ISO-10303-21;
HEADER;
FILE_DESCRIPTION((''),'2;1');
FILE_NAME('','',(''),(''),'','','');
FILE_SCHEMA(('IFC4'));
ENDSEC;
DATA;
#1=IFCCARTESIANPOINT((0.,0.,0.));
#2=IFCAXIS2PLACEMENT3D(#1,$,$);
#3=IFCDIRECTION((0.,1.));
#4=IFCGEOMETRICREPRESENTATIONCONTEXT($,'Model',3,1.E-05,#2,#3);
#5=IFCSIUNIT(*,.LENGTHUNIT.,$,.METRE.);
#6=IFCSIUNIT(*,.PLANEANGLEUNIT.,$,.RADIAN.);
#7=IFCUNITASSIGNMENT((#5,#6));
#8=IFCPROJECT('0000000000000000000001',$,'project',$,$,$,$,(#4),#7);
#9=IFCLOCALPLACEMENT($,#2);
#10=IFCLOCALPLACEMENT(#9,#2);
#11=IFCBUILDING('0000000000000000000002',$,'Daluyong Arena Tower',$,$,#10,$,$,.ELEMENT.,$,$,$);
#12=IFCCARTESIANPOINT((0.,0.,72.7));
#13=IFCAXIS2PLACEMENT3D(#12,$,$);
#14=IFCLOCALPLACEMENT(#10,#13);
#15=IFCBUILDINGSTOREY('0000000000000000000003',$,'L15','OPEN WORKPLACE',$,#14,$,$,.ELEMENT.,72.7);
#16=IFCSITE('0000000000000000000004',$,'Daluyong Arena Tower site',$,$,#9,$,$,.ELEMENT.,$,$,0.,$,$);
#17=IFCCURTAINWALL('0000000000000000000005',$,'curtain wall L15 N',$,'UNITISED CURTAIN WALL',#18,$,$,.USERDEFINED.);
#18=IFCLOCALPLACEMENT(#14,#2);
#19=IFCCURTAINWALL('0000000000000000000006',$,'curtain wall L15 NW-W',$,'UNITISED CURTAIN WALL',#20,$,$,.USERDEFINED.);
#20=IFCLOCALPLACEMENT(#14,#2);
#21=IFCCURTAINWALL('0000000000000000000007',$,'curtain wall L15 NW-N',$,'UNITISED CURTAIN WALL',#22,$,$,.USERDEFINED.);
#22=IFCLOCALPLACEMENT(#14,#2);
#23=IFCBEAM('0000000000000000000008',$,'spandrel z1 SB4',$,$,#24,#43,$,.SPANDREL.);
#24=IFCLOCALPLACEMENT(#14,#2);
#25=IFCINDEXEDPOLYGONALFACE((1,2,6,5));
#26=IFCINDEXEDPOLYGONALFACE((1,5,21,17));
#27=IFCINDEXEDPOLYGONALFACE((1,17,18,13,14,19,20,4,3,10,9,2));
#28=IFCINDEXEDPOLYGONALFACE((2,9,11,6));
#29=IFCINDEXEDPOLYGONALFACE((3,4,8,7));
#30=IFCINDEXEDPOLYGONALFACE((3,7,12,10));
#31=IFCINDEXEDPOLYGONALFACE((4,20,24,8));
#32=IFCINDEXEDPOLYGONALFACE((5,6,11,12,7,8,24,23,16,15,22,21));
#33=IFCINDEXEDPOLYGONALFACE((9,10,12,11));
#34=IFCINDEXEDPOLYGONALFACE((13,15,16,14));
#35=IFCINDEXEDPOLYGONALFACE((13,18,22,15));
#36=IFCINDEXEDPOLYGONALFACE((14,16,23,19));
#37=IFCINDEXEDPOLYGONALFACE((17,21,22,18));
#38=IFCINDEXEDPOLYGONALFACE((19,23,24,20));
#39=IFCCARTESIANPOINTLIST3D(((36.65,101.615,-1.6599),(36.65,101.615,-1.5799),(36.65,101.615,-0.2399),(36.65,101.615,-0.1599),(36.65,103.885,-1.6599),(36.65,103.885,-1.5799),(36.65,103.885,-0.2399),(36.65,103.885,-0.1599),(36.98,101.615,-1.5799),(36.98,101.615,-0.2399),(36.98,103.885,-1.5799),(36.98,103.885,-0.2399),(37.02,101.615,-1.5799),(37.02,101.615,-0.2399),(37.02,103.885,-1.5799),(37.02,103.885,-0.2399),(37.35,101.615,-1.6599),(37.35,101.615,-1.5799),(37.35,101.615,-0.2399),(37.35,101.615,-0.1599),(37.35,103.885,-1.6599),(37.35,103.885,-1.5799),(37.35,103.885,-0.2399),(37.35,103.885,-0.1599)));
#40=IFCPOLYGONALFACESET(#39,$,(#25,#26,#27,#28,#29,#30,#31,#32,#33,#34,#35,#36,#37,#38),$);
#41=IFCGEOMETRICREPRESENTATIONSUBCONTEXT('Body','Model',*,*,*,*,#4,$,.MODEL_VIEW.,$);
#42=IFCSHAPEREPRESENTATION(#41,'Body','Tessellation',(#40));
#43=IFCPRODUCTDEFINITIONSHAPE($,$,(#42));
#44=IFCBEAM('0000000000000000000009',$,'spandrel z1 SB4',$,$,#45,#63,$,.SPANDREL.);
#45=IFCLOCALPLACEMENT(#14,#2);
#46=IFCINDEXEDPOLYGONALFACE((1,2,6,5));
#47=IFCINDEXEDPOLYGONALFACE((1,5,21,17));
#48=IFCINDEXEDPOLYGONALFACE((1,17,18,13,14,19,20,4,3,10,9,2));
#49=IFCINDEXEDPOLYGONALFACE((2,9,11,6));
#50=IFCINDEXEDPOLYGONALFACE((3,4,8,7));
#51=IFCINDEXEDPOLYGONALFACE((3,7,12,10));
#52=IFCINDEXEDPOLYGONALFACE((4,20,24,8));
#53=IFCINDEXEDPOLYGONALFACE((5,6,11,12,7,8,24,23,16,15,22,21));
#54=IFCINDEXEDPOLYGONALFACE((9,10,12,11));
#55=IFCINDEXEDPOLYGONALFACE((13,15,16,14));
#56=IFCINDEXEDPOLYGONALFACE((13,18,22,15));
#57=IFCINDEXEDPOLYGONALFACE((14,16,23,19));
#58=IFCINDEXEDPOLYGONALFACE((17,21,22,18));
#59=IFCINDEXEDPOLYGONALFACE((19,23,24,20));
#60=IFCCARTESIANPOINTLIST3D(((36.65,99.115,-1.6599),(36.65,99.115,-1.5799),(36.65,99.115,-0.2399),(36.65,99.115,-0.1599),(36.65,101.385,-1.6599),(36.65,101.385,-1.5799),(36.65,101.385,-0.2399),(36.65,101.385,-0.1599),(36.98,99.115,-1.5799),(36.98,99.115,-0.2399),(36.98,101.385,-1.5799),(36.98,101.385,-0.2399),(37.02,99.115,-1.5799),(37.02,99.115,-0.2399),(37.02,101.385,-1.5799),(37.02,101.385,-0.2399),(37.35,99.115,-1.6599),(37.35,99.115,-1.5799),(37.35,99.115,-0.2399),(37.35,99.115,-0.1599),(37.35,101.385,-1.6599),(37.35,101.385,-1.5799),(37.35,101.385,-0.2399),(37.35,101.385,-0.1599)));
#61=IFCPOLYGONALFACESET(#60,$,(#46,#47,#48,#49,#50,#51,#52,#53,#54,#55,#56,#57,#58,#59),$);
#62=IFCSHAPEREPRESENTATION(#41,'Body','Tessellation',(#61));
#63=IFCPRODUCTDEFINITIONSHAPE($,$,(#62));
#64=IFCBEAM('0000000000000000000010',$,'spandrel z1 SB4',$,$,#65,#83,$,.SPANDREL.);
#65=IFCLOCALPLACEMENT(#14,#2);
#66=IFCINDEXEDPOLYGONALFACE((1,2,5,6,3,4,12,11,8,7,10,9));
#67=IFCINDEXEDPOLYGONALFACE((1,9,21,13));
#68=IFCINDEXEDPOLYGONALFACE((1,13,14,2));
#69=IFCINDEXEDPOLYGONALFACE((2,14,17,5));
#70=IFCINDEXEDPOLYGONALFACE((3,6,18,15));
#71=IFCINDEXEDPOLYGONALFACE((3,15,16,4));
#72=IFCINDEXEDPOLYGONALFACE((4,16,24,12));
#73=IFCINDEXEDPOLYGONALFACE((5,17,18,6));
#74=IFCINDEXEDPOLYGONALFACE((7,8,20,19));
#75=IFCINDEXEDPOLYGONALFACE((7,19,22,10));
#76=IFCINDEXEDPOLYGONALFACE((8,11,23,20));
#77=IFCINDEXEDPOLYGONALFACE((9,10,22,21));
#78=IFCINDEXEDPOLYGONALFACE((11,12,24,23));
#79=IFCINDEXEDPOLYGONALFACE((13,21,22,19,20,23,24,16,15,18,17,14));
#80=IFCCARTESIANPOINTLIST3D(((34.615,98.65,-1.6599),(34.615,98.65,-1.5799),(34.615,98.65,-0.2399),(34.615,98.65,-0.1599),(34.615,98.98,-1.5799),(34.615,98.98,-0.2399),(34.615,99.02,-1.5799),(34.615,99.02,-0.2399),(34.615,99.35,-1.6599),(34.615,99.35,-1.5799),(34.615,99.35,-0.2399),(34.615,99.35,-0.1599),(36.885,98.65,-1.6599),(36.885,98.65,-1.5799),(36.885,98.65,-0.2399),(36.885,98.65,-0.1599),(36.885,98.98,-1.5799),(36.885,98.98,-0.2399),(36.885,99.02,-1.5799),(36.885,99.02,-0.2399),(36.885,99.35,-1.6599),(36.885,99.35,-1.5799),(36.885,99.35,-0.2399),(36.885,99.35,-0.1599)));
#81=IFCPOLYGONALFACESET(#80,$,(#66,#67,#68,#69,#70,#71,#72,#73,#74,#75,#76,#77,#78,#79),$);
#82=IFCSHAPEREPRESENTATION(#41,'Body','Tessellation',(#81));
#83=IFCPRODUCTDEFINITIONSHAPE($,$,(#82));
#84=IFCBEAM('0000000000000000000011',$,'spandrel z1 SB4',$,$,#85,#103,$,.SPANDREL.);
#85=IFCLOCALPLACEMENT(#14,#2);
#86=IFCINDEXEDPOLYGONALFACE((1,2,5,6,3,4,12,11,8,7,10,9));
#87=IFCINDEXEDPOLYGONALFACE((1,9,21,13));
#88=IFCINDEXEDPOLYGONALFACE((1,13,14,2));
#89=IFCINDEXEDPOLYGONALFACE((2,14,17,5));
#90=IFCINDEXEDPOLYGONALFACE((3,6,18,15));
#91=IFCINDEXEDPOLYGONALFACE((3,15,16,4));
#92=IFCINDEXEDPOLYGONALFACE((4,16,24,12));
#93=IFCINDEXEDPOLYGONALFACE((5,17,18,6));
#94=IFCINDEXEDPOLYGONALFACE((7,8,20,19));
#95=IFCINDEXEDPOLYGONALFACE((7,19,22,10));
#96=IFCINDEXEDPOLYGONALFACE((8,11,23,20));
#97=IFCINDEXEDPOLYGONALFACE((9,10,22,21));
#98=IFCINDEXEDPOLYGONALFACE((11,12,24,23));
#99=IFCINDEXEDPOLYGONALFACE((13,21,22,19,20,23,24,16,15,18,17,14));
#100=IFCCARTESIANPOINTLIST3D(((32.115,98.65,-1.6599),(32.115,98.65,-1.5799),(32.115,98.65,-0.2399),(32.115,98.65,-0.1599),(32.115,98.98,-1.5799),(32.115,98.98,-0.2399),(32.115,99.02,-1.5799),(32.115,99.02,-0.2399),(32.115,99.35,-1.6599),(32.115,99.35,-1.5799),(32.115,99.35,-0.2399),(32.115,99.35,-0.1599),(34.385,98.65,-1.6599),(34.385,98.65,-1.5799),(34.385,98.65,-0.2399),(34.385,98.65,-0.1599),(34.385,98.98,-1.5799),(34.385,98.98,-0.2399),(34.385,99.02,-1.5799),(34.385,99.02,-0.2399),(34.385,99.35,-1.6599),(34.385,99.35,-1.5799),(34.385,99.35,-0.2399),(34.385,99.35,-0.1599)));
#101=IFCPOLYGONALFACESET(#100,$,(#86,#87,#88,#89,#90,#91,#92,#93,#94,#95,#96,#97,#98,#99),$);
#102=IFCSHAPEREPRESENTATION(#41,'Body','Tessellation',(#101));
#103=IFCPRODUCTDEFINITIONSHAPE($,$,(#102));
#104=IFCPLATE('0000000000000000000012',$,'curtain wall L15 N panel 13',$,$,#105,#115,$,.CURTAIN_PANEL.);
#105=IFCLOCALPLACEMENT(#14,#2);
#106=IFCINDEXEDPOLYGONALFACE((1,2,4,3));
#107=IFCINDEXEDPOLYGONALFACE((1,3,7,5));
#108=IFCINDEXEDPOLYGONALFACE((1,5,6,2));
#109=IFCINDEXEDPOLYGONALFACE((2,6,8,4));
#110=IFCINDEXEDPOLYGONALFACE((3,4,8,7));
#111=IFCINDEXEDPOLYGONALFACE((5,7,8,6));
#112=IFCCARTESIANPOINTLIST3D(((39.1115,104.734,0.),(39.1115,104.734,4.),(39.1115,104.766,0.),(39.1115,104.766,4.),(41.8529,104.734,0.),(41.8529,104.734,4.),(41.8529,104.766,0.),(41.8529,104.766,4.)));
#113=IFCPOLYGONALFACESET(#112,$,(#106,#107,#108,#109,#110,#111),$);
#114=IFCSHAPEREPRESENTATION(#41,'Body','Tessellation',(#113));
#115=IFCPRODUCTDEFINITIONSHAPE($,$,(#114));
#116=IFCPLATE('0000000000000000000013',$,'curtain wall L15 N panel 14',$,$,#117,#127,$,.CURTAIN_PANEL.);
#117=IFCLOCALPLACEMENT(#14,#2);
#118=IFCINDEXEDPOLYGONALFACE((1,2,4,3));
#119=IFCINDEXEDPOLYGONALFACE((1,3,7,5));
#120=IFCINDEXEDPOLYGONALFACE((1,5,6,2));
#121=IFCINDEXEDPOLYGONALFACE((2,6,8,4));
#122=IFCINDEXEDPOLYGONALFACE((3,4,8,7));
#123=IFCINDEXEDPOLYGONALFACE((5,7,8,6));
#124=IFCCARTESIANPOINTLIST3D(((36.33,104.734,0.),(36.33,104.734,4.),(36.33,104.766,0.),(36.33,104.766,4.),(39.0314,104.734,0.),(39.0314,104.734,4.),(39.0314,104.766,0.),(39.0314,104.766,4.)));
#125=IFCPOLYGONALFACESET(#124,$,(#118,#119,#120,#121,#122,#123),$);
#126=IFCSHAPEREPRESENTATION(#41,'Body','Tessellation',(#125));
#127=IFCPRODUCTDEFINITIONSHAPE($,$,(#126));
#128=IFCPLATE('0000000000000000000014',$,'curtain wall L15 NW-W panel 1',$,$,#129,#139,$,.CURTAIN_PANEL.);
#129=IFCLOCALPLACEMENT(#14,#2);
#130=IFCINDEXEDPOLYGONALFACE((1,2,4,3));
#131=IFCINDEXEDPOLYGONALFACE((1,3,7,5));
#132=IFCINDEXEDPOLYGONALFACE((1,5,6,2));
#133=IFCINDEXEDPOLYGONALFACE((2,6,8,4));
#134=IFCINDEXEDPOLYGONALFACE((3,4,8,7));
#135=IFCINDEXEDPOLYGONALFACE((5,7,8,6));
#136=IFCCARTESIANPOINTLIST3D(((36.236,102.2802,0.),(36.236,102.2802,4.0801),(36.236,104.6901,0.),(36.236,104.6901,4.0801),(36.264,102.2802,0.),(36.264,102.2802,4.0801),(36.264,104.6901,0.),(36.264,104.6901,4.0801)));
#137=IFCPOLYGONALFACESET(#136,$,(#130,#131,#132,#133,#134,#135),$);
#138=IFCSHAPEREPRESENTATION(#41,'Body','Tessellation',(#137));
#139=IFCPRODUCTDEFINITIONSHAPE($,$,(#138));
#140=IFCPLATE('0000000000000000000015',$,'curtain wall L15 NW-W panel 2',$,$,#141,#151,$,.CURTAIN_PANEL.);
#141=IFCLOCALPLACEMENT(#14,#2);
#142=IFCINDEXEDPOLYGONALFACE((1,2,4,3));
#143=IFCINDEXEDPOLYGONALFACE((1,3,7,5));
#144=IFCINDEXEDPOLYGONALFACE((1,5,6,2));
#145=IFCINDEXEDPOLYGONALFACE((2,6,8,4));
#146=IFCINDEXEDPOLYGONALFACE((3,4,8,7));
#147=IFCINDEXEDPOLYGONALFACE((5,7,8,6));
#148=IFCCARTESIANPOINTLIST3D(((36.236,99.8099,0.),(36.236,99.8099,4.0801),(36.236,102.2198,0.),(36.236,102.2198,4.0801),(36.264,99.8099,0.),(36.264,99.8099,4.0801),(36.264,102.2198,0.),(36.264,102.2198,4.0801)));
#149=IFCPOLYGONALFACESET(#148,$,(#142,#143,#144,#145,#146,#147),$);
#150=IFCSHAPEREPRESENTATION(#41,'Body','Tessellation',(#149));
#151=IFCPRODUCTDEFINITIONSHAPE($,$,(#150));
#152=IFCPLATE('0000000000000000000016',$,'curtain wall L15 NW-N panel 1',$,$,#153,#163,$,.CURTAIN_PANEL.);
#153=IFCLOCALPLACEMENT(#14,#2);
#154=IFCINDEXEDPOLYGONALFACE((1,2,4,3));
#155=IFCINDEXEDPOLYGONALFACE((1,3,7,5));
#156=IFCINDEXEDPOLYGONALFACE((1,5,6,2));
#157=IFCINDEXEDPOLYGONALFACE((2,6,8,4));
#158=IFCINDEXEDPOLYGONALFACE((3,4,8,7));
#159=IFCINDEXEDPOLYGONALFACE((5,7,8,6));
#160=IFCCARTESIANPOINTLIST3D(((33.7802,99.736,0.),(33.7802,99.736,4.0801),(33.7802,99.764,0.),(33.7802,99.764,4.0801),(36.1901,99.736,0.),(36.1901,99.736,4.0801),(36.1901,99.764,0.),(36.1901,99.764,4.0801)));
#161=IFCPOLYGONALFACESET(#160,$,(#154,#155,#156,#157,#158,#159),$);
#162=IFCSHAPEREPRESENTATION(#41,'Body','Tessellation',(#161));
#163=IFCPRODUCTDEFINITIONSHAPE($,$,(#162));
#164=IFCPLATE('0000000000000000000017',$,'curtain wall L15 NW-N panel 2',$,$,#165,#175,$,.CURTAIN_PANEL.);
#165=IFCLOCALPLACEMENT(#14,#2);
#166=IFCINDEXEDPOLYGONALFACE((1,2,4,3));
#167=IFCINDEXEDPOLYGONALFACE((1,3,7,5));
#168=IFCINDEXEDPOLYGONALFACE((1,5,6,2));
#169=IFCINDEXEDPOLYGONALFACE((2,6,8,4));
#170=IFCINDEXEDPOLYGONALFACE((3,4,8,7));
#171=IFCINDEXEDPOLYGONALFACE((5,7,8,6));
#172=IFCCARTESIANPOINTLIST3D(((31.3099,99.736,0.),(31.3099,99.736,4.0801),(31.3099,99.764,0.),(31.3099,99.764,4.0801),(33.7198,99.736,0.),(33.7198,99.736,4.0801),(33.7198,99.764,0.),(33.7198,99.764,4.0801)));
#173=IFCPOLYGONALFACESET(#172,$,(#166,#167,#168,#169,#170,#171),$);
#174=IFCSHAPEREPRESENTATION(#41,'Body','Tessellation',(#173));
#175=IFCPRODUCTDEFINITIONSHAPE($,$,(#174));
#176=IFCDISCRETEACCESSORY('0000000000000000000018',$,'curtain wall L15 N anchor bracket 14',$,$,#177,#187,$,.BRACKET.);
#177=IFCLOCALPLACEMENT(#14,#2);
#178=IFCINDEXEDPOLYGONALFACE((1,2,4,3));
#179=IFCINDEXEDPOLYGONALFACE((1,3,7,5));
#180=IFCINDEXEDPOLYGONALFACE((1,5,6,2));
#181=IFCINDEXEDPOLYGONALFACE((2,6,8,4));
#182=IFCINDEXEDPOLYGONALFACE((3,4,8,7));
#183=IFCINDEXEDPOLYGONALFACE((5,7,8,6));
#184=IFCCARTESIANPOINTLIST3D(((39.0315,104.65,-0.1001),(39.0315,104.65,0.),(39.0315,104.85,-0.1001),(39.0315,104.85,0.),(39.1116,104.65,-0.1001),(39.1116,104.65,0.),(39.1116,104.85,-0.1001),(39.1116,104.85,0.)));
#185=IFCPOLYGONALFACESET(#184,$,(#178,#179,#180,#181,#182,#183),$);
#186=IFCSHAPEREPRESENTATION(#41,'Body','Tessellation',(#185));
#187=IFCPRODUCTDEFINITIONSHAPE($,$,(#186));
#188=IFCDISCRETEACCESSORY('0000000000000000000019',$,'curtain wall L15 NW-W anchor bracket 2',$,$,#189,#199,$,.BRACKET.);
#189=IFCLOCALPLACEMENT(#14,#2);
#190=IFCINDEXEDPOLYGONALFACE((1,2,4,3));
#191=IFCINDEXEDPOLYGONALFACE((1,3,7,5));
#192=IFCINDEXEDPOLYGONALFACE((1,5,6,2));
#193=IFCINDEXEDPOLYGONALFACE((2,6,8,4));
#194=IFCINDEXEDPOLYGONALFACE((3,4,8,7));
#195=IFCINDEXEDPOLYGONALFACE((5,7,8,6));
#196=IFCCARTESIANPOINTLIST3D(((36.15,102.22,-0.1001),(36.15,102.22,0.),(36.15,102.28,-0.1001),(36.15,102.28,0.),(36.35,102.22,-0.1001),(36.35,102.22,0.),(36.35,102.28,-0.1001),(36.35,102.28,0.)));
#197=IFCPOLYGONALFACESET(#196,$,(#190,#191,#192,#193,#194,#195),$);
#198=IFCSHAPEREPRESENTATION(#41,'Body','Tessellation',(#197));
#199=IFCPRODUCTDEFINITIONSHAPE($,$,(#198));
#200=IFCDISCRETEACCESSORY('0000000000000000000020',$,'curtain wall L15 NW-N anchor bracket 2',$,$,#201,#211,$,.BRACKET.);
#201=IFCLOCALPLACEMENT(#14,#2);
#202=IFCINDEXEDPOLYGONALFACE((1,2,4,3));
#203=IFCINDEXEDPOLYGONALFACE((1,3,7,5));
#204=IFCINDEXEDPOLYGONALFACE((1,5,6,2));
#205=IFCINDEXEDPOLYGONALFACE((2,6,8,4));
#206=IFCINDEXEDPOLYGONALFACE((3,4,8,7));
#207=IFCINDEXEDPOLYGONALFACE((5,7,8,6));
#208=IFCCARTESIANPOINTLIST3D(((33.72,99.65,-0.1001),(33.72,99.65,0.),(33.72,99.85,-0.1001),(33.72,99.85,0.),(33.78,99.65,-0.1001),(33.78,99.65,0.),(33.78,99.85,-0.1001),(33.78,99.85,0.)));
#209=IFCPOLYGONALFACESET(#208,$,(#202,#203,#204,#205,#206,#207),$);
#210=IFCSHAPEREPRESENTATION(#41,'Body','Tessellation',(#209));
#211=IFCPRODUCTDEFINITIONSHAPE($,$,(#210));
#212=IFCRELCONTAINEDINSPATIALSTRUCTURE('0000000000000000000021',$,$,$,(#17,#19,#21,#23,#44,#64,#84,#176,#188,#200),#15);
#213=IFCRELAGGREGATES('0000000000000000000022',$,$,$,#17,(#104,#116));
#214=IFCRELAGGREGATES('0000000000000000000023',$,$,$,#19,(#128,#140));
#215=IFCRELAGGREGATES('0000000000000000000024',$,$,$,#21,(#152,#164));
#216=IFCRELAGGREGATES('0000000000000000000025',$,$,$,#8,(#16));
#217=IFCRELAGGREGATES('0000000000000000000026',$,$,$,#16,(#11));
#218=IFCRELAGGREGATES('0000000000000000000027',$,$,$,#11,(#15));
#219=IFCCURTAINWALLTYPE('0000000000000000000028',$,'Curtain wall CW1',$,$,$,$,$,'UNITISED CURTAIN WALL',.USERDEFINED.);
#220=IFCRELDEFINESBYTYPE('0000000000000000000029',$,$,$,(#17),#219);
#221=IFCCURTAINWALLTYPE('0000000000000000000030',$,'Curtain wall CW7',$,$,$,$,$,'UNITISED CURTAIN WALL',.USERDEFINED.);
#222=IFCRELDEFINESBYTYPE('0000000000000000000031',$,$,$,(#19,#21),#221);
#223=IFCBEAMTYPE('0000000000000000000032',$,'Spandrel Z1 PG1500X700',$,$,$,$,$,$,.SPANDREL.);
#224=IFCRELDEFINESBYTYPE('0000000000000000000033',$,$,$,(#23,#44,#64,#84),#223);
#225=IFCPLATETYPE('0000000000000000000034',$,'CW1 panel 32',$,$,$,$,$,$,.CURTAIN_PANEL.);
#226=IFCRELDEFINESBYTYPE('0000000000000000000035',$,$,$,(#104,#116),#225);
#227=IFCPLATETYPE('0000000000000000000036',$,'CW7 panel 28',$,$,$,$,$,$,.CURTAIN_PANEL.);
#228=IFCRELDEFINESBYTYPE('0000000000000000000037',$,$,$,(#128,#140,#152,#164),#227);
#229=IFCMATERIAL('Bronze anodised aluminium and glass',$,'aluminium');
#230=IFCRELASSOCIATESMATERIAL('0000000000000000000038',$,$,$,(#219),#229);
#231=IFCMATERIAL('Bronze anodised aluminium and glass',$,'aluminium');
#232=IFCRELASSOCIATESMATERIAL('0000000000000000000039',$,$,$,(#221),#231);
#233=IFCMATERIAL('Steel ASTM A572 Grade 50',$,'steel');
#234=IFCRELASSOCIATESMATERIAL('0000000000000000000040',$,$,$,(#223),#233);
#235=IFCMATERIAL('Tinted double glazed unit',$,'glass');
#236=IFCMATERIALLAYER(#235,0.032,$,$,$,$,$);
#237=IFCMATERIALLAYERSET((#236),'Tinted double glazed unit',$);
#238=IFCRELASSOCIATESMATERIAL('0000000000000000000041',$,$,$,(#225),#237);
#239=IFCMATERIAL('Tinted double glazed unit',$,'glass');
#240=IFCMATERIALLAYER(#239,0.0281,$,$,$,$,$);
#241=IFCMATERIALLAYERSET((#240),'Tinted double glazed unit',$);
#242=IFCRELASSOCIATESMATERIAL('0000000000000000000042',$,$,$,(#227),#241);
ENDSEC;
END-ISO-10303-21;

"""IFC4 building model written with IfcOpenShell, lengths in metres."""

from ifc_helpers import new_model, si_unit, direction, frame, origin, origin_2d, place, context, subcontext, project, spatial, rectangle, i_section, extrude, material, layer, layer_set, material_profile, profile_set, type_object, element, aggregate, save


model = new_model("IFC4")

# Units and contexts
model_context = context("Model", 3, precision=1e-05, world=origin(), true_north=direction((0.0, 1.0)))
body_context = subcontext(model_context, "Body", "Model", "MODEL_VIEW")
ifc_project = project(units=[si_unit("LENGTHUNIT", "METRE"), si_unit("PLANEANGLEUNIT", "RADIAN")], contexts=[model_context])

# Site, building, storey
site_placement = place(None, origin())
site = spatial("IfcSite", under=ifc_project, at=site_placement, Name="Daluyong Arena Tower site", CompositionType="ELEMENT", RefElevation=0.0)
building_placement = place(site_placement, origin())
building = spatial("IfcBuilding", under=site, at=building_placement, Name="Daluyong Arena Tower", CompositionType="ELEMENT")
storey_placement = place(building_placement, frame((0.0, 0.0, 72.7)))
storey = spatial("IfcBuildingStorey", under=building, at=storey_placement, Name="L15", Description="OPEN WORKPLACE", CompositionType="ELEMENT", Elevation=72.7)

# Curtain wall
ifc_material_1 = material(Name="Bronze anodised aluminium and glass", Category="aluminium")
curtain_wall_type_1 = type_object("IfcCurtainWallType", Name="Curtain wall CW1", ElementType="UNITISED CURTAIN WALL", PredefinedType="USERDEFINED", material=ifc_material_1)
curtain_wall_1_placement = place(storey_placement, origin())
curtain_wall_1 = element("IfcCurtainWall", 1, at=curtain_wall_1_placement, inside=storey, type_object=curtain_wall_type_1, Name="curtain wall L15 N", ObjectType="UNITISED CURTAIN WALL", PredefinedType="USERDEFINED")

# Curtain walls
ifc_material_2 = material(Name="Bronze anodised aluminium and glass", Category="aluminium")
curtain_wall_type_2 = type_object("IfcCurtainWallType", Name="Curtain wall CW7", ElementType="UNITISED CURTAIN WALL", PredefinedType="USERDEFINED", material=ifc_material_2)
curtain_wall_2_placement = place(storey_placement, origin())
curtain_wall_2 = element("IfcCurtainWall", 2, at=curtain_wall_2_placement, inside=storey, type_object=curtain_wall_type_2, Name="curtain wall L15 NW-W", ObjectType="UNITISED CURTAIN WALL", PredefinedType="USERDEFINED")
curtain_wall_3_placement = place(storey_placement, origin())
curtain_wall_3 = element("IfcCurtainWall", 3, at=curtain_wall_3_placement, inside=storey, type_object=curtain_wall_type_2, Name="curtain wall L15 NW-N", ObjectType="UNITISED CURTAIN WALL", PredefinedType="USERDEFINED")

# Beams
ifc_material_3 = material(Name="Steel ASTM A572 Grade 50", Category="steel")
ifc_material_profile_1 = material_profile(ifc_material_3, i_section(OverallWidth=0.7, OverallDepth=1.5, WebThickness=0.04, FlangeThickness=0.08, at=origin_2d()))
ifc_profile_set_1 = profile_set([ifc_material_profile_1], Name="Steel ASTM A572 Grade 50")
beam_type_1 = type_object("IfcBeamType", Name="Spandrel Z1 PG1500X700", PredefinedType="SPANDREL", material=ifc_profile_set_1)
for number, where, z_axis, x_axis, name in (
    (4, (37.0, 103.885, -0.9099), (0.0, -1.0, 0.0), (1.0, 0.0, 0.0), "spandrel z1 SB4"),
    (5, (37.0, 101.385, -0.9099), (0.0, -1.0, 0.0), (1.0, 0.0, 0.0), "spandrel z1 SB4"),
    (6, (36.885, 99.0, -0.9099), (-1.0, 0.0, 0.0), (0.0, -1.0, 0.0), "spandrel z1 SB4"),
    (7, (34.385, 99.0, -0.9099), (-1.0, 0.0, 0.0), (0.0, -1.0, 0.0), "spandrel z1 SB4"),
):
    element("IfcBeam", number, at=place(storey_placement, frame(where, z_axis=z_axis, x_axis=x_axis)), inside=storey, type_object=beam_type_1, Name=name, PredefinedType="SPANDREL", context=body_context, shape_type="SweptSolid", body=[
        extrude(i_section(OverallWidth=0.7, OverallDepth=1.5, WebThickness=0.04, FlangeThickness=0.08, at=origin_2d()), origin(), (0.0, 0.0, 1.0), 2.27),
    ])

# Plates
ifc_material_4 = material(Name="Tinted double glazed unit", Category="glass")
ifc_layer_1 = layer(ifc_material_4, 0.032)
ifc_layer_set_1 = layer_set([ifc_layer_1], Name="Tinted double glazed unit")
plate_type_1 = type_object("IfcPlateType", Name="CW1 panel 32", PredefinedType="CURTAIN_PANEL", material=ifc_layer_set_1)
plate_1_placement = place(storey_placement, frame((40.4822, 104.75, 0.0), z_axis=(0.0, 0.0, 1.0), x_axis=(-1.0, 0.0, 0.0)))
plate_1 = element("IfcPlate", 8, at=plate_1_placement, type_object=plate_type_1, Name="curtain wall L15 N panel 13", PredefinedType="CURTAIN_PANEL", context=body_context, shape_type="SweptSolid", body=[
    extrude(rectangle(XDim=2.7415, YDim=0.032, at=origin_2d()), origin(), (0.0, 0.0, 1.0), 4.0),
])
plate_2_placement = place(storey_placement, frame((37.6807, 104.75, 0.0), z_axis=(0.0, 0.0, 1.0), x_axis=(-1.0, 0.0, 0.0)))
plate_2 = element("IfcPlate", 9, at=plate_2_placement, type_object=plate_type_1, Name="curtain wall L15 N panel 14", PredefinedType="CURTAIN_PANEL", context=body_context, shape_type="SweptSolid", body=[
    extrude(rectangle(XDim=2.7014, YDim=0.032, at=origin_2d()), origin(), (0.0, 0.0, 1.0), 4.0),
])
aggregate(curtain_wall_1, [plate_1, plate_2])
ifc_material_5 = material(Name="Tinted double glazed unit", Category="glass")
ifc_layer_2 = layer(ifc_material_5, 0.0281)
ifc_layer_set_2 = layer_set([ifc_layer_2], Name="Tinted double glazed unit")
plate_type_2 = type_object("IfcPlateType", Name="CW7 panel 28", PredefinedType="CURTAIN_PANEL", material=ifc_layer_set_2)
plate_3_placement = place(storey_placement, frame((36.25, 103.4851, 0.0), z_axis=(0.0, 0.0, 1.0), x_axis=(0.0, -1.0, 0.0)))
plate_3 = element("IfcPlate", 10, at=plate_3_placement, type_object=plate_type_2, Name="curtain wall L15 NW-W panel 1", PredefinedType="CURTAIN_PANEL", context=body_context, shape_type="SweptSolid", body=[
    extrude(rectangle(XDim=2.4099, YDim=0.0281, at=origin_2d()), origin(), (0.0, 0.0, 1.0), 4.0801),
])
plate_4_placement = place(storey_placement, frame((36.25, 101.0149, 0.0), z_axis=(0.0, 0.0, 1.0), x_axis=(0.0, -1.0, 0.0)))
plate_4 = element("IfcPlate", 11, at=plate_4_placement, type_object=plate_type_2, Name="curtain wall L15 NW-W panel 2", PredefinedType="CURTAIN_PANEL", context=body_context, shape_type="SweptSolid", body=[
    extrude(rectangle(XDim=2.4099, YDim=0.0281, at=origin_2d()), origin(), (0.0, 0.0, 1.0), 4.0801),
])
aggregate(curtain_wall_2, [plate_3, plate_4])
plate_5_placement = place(storey_placement, frame((34.9851, 99.75, 0.0), z_axis=(0.0, 0.0, 1.0), x_axis=(-1.0, 0.0, 0.0)))
plate_5 = element("IfcPlate", 12, at=plate_5_placement, type_object=plate_type_2, Name="curtain wall L15 NW-N panel 1", PredefinedType="CURTAIN_PANEL", context=body_context, shape_type="SweptSolid", body=[
    extrude(rectangle(XDim=2.4099, YDim=0.0281, at=origin_2d()), origin(), (0.0, 0.0, 1.0), 4.0801),
])
plate_6_placement = place(storey_placement, frame((32.5149, 99.75, 0.0), z_axis=(0.0, 0.0, 1.0), x_axis=(-1.0, 0.0, 0.0)))
plate_6 = element("IfcPlate", 13, at=plate_6_placement, type_object=plate_type_2, Name="curtain wall L15 NW-N panel 2", PredefinedType="CURTAIN_PANEL", context=body_context, shape_type="SweptSolid", body=[
    extrude(rectangle(XDim=2.4099, YDim=0.0281, at=origin_2d()), origin(), (0.0, 0.0, 1.0), 4.0801),
])
aggregate(curtain_wall_3, [plate_5, plate_6])

# Discrete accessories
discrete_accessory_placement = place(storey_placement, frame((39.0715, 104.75, -0.1001), z_axis=(0.0, 0.0, 1.0), x_axis=(-1.0, 0.0, 0.0)))
element("IfcDiscreteAccessory", 14, at=discrete_accessory_placement, inside=storey, Name="curtain wall L15 N anchor bracket 14", PredefinedType="BRACKET", context=body_context, shape_type="SweptSolid", body=[
    extrude(rectangle(XDim=0.0801, YDim=0.2, at=origin_2d()), origin(), (0.0, 0.0, 1.0), 0.1001),
])
for number, where, z_axis, x_axis, name in (
    (15, (36.25, 102.25, -0.1001), (0.0, 0.0, 1.0), (0.0, -1.0, 0.0), "curtain wall L15 NW-W anchor bracket 2"),
    (16, (33.75, 99.75, -0.1001), (0.0, 0.0, 1.0), (-1.0, 0.0, 0.0), "curtain wall L15 NW-N anchor bracket 2"),
):
    element("IfcDiscreteAccessory", number, at=place(storey_placement, frame(where, z_axis=z_axis, x_axis=x_axis)), inside=storey, Name=name, PredefinedType="BRACKET", context=body_context, shape_type="SweptSolid", body=[
        extrude(rectangle(XDim=0.0601, YDim=0.2, at=origin_2d()), origin(), (0.0, 0.0, 1.0), 0.1001),
    ])

save(model, "model.ifc")
